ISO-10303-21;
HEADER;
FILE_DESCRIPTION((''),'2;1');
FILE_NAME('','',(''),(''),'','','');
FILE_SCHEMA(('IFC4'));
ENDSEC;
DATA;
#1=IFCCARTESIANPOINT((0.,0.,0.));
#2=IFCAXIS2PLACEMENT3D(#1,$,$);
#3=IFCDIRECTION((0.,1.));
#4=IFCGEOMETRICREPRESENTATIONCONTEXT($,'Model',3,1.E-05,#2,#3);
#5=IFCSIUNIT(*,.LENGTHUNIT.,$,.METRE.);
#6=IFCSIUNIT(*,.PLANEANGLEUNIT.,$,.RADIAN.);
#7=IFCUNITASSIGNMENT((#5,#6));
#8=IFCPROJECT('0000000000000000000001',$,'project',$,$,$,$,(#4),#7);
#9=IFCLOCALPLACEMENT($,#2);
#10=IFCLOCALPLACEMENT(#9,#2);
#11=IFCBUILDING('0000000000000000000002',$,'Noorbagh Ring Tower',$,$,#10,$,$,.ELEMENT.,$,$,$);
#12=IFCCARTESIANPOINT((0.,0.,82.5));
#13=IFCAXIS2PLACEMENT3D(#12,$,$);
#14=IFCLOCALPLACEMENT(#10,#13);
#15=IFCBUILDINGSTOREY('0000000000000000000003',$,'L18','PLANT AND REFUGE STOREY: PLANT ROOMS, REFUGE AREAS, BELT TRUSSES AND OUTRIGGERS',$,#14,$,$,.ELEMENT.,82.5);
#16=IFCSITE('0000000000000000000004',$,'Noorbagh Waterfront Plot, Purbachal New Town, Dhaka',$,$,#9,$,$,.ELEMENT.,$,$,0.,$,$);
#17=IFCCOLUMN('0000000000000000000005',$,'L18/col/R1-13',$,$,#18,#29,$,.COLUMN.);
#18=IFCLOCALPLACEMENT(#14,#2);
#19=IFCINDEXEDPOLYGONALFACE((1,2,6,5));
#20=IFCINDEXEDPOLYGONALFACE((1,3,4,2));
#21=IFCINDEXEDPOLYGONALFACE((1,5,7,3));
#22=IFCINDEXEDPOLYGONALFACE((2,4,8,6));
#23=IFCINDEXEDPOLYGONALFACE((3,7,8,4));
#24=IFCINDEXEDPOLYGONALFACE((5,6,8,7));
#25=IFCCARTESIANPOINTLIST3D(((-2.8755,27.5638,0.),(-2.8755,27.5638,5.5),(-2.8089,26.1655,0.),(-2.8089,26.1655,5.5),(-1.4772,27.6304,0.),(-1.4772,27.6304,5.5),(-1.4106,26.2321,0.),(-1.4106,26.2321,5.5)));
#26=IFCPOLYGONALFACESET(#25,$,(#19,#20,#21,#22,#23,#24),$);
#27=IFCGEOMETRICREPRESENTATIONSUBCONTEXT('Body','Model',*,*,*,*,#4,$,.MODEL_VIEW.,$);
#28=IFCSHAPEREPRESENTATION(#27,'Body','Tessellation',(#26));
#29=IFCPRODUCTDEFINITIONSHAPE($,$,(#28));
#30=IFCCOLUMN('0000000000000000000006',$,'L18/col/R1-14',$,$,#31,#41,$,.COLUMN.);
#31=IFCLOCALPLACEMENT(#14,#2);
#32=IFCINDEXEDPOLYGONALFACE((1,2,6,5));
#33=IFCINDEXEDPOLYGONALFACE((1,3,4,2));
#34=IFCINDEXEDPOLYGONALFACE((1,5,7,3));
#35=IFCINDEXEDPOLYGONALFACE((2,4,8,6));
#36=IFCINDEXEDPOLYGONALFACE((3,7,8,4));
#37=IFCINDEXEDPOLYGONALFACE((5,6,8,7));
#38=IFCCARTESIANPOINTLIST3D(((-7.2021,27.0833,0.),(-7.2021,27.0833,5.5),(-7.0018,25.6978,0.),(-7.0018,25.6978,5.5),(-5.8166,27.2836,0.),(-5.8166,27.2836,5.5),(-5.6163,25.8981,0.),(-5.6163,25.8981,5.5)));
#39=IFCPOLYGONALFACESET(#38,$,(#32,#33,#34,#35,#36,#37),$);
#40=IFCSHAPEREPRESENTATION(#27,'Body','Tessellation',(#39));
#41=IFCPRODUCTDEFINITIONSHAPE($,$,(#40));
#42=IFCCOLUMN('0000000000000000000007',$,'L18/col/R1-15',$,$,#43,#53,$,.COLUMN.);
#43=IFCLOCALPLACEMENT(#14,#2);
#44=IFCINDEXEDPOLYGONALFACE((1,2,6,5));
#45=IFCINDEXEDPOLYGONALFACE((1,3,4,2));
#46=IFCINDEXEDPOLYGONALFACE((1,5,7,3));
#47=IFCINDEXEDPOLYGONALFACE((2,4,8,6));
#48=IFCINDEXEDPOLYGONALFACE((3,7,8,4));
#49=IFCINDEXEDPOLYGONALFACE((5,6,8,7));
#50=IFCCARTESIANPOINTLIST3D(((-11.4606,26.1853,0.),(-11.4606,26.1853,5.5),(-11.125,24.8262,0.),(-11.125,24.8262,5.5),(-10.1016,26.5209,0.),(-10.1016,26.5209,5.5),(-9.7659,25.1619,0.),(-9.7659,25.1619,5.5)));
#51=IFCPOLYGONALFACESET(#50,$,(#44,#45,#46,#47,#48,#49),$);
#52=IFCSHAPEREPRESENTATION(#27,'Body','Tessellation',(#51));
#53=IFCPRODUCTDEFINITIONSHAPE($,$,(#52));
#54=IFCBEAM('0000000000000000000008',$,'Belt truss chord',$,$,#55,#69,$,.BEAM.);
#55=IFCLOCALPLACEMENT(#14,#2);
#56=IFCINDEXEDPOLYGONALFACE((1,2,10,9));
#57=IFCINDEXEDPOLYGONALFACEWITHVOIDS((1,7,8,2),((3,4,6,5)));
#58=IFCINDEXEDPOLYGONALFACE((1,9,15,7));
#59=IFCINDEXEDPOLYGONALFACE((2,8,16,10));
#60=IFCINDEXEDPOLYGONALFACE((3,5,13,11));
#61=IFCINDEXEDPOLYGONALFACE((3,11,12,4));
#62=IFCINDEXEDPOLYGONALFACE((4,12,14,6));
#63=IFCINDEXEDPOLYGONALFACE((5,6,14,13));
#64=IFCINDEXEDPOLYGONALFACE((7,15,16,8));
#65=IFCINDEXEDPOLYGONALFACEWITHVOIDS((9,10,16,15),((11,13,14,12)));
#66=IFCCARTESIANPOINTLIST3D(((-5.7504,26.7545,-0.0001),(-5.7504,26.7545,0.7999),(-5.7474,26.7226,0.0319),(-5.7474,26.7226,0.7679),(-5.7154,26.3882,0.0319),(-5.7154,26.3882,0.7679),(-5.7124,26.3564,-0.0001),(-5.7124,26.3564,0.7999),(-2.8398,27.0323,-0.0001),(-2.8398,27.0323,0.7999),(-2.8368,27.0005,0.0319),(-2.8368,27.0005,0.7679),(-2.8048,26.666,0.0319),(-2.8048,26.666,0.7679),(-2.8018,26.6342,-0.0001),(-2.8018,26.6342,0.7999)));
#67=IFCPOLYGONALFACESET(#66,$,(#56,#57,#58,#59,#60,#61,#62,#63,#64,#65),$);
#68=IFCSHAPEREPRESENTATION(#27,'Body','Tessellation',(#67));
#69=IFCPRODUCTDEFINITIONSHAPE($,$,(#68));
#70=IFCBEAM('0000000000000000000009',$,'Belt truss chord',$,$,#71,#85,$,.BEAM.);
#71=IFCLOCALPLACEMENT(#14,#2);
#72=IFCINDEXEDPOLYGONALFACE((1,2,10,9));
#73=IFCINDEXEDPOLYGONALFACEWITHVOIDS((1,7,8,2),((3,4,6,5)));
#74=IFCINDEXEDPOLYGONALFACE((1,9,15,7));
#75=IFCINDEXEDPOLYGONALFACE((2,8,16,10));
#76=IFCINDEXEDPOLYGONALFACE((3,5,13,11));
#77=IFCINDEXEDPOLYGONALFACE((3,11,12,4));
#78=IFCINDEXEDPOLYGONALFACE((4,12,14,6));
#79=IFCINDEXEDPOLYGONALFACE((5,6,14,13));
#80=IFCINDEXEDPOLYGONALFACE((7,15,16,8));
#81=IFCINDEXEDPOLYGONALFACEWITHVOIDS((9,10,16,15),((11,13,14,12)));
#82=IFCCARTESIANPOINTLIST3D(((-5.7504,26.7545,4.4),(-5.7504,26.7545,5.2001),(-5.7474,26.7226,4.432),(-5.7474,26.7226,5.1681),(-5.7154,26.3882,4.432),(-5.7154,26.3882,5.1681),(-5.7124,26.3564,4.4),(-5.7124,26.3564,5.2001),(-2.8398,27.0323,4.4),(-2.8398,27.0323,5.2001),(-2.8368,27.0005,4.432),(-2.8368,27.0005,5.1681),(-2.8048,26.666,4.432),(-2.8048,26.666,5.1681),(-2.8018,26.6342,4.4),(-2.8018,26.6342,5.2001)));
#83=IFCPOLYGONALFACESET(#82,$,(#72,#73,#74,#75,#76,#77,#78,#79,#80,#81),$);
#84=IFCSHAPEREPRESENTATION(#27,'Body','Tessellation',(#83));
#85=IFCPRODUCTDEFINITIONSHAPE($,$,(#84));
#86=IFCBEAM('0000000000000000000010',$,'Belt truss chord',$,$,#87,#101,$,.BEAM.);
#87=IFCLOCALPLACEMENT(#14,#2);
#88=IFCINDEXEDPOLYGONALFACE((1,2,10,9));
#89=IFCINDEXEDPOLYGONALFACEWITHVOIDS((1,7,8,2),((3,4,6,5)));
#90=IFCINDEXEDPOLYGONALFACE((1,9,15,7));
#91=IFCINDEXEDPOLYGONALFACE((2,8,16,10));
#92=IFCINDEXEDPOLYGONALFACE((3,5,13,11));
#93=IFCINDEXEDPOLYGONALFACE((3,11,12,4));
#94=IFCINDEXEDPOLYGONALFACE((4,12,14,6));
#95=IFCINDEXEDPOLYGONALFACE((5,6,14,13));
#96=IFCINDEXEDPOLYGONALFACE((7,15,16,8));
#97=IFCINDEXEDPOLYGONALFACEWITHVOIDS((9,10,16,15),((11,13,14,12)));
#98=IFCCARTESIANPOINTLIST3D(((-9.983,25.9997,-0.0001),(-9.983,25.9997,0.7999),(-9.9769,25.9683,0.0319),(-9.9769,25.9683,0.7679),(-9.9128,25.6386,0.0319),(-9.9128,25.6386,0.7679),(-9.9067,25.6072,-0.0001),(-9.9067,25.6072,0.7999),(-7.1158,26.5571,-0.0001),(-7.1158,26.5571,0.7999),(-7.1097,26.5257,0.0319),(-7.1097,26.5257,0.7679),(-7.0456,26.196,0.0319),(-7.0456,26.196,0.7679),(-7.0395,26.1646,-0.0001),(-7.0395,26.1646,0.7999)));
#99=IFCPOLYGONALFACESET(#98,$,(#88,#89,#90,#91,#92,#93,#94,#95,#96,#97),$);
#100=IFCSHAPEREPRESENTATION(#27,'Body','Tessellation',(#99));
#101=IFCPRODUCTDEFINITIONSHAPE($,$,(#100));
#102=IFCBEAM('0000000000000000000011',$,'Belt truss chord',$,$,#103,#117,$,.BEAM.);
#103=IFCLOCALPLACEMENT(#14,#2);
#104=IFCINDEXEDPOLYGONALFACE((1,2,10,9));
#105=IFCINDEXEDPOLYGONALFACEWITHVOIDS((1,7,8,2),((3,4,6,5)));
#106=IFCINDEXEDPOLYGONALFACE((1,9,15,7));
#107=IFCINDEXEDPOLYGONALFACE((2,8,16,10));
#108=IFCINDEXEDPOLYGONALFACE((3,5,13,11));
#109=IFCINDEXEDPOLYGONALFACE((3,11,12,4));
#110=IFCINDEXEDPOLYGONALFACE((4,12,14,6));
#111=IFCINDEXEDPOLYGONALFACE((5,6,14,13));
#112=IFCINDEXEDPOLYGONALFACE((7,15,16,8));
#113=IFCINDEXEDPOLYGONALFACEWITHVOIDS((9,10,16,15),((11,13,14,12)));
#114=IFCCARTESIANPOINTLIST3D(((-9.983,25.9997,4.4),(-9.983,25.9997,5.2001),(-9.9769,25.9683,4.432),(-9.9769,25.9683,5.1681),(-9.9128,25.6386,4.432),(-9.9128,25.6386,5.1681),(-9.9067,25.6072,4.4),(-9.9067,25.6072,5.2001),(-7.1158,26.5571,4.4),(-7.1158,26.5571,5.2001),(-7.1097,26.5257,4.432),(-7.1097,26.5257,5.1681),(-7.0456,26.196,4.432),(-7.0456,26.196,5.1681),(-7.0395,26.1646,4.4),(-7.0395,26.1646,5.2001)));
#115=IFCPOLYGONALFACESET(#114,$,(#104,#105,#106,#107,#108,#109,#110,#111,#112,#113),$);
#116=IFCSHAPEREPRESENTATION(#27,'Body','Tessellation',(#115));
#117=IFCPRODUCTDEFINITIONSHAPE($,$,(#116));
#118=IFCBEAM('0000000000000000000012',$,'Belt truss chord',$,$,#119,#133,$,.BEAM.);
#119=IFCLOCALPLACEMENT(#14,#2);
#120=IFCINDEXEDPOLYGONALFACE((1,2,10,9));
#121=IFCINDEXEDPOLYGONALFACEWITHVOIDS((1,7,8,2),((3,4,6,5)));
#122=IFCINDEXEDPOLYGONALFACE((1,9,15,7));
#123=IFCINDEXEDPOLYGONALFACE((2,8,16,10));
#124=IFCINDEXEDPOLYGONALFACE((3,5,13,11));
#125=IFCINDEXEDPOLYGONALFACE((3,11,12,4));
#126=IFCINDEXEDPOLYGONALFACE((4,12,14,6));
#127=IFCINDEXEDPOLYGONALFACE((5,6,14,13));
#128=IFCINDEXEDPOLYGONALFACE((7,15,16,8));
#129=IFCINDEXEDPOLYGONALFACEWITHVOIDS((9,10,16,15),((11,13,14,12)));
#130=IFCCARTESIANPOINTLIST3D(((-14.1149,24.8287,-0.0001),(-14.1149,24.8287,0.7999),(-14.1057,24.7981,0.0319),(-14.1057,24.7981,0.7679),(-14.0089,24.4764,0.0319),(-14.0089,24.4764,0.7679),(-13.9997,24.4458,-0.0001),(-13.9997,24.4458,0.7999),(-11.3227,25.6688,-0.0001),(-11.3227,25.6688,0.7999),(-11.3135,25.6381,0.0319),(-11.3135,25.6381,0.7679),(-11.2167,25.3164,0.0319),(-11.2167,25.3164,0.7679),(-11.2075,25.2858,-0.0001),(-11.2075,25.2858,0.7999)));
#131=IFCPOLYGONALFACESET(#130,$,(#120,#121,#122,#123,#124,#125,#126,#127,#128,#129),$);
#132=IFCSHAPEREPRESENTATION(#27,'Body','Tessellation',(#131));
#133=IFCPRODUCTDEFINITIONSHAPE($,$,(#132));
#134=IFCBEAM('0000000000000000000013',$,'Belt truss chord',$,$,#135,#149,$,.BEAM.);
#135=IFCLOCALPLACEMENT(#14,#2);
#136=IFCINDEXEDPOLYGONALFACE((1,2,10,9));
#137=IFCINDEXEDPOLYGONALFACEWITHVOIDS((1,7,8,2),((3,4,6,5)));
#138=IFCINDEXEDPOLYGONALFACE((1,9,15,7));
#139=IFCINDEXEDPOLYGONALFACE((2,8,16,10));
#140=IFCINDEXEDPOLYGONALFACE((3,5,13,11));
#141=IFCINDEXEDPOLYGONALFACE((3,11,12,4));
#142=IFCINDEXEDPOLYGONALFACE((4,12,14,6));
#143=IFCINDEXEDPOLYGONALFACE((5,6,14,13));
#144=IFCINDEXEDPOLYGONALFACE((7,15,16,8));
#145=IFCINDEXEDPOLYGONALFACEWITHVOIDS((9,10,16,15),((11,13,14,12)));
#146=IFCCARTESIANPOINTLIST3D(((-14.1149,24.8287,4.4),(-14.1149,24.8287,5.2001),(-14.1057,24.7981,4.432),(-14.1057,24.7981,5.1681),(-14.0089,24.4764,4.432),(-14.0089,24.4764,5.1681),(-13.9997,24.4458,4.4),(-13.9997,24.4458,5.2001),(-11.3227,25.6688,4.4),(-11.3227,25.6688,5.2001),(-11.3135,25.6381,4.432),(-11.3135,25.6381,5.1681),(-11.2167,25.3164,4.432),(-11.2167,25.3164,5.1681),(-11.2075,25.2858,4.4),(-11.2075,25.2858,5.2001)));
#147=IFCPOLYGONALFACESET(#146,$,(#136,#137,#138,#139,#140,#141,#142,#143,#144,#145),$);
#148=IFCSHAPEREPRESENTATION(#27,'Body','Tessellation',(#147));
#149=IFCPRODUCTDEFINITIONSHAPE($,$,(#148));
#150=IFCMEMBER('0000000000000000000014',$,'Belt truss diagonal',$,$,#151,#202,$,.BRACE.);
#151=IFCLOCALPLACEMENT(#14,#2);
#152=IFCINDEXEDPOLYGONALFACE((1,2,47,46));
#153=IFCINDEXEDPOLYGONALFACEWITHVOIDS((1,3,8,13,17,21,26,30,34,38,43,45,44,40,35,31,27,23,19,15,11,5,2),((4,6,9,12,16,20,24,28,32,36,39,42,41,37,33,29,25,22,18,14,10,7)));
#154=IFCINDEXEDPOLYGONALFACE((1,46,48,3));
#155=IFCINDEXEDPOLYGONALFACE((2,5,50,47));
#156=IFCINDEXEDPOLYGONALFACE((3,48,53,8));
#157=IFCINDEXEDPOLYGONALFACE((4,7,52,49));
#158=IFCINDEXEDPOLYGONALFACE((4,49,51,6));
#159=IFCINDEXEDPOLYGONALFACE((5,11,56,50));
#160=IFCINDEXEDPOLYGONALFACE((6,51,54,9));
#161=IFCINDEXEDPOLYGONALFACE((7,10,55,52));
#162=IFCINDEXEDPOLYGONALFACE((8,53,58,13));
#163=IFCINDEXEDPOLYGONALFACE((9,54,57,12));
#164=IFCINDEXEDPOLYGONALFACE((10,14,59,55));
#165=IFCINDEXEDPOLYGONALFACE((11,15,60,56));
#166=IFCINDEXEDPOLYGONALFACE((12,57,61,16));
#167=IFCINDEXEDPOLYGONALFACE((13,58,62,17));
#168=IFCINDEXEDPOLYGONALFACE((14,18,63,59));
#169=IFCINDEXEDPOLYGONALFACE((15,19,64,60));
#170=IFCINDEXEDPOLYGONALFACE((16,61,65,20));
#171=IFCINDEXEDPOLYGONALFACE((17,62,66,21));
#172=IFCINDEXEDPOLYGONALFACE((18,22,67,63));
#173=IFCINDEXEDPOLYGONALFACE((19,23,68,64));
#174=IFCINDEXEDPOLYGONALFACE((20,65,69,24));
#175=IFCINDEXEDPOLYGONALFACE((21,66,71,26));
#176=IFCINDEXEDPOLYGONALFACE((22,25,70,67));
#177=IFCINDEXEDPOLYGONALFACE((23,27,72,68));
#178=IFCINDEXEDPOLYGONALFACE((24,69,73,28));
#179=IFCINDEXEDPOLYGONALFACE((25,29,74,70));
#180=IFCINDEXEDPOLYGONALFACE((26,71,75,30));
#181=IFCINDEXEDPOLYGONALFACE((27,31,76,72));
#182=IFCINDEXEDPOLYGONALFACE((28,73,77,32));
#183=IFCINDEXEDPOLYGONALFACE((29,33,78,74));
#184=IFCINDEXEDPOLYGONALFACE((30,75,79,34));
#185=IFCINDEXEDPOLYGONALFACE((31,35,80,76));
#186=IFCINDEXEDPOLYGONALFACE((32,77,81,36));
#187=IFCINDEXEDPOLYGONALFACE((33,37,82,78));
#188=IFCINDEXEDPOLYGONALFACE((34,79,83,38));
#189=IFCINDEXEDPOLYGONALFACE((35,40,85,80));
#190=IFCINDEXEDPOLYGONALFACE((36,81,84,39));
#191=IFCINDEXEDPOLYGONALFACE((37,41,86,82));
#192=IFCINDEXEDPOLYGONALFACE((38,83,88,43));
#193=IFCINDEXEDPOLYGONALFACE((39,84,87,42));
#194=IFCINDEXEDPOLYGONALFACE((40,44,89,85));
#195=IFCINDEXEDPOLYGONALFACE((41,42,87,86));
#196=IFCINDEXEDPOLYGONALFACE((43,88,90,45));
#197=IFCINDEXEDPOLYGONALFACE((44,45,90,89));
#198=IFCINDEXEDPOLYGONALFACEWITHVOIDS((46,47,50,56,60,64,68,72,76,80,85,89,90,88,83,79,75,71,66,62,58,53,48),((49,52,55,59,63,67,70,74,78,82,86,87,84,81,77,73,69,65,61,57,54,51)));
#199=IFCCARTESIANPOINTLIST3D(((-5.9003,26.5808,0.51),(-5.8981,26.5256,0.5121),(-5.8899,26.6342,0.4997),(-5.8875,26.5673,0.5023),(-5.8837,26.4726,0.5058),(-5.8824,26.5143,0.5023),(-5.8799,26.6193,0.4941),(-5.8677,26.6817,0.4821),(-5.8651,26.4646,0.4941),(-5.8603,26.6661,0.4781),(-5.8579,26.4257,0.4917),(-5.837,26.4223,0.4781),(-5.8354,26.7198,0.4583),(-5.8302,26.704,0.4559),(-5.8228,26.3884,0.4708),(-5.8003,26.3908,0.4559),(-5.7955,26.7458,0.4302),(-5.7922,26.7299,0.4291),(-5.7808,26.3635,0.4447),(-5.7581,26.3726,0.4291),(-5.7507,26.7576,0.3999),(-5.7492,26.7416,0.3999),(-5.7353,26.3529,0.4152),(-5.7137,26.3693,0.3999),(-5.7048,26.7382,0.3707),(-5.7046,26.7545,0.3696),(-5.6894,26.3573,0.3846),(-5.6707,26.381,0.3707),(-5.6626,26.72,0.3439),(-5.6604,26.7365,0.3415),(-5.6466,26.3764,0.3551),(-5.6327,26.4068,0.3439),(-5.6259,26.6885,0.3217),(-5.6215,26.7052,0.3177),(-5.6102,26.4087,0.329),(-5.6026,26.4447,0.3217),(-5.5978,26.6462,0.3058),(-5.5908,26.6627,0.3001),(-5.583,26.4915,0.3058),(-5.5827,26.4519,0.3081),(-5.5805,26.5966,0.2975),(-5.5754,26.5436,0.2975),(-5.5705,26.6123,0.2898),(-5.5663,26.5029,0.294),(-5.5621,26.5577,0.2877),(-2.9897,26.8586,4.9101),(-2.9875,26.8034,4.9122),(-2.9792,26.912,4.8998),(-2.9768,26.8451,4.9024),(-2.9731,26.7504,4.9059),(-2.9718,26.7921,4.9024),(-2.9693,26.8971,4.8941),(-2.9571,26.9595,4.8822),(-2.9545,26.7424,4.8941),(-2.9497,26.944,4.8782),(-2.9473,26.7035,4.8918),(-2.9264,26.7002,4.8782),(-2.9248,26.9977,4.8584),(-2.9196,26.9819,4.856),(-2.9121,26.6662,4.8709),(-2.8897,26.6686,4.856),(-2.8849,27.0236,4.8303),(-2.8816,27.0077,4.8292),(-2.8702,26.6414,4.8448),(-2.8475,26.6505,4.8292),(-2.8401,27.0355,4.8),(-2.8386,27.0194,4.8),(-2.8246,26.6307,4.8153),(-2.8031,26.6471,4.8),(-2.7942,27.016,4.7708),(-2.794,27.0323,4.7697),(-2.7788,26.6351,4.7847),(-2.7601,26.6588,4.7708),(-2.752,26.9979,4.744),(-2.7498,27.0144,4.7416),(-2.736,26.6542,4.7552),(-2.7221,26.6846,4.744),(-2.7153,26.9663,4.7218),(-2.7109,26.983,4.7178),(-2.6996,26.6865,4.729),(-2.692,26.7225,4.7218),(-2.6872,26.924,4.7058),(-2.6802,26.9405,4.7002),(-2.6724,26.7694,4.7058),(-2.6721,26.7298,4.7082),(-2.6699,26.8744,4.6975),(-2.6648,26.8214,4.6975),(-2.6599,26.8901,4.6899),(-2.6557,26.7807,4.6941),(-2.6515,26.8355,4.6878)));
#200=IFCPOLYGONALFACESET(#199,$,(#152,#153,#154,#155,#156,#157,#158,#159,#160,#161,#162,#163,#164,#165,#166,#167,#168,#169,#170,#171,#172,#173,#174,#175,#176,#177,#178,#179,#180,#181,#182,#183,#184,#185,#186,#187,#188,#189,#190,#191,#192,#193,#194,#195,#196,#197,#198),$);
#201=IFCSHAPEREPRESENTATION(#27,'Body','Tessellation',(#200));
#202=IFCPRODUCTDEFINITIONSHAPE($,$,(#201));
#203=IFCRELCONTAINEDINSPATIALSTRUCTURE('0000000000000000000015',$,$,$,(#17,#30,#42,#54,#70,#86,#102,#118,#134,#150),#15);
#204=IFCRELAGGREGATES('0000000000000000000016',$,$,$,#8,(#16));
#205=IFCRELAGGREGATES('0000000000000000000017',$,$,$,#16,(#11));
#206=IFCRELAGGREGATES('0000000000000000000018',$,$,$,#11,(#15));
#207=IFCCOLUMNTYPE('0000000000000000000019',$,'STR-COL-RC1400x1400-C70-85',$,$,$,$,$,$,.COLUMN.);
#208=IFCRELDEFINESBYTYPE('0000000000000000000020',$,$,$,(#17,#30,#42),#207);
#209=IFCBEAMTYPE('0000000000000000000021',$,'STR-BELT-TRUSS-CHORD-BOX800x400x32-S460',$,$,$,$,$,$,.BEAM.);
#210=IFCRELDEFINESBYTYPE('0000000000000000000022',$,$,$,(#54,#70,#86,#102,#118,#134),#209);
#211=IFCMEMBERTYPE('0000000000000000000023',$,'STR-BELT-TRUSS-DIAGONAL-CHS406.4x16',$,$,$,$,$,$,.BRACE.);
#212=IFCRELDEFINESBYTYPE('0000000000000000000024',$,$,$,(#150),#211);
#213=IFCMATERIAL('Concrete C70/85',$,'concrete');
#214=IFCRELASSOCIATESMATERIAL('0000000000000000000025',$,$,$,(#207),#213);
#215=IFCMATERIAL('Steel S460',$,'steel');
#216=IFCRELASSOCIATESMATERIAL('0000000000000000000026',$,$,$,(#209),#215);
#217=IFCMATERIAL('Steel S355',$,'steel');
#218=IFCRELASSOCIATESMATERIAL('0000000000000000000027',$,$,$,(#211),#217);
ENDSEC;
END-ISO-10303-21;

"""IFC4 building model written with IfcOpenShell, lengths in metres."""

from ifc_helpers import new_model, si_unit, direction, frame, origin, origin_2d, place, context, subcontext, project, spatial, rectangle, hollow_rectangle, hollow_circle, extrude, material, material_profile, profile_set, type_object, element, save


model = new_model("IFC4")

# Units and contexts
model_context = context("Model", 3, precision=1e-05, world=origin(), true_north=direction((0.0, 1.0)))
body_context = subcontext(model_context, "Body", "Model", "MODEL_VIEW")
ifc_project = project(units=[si_unit("LENGTHUNIT", "METRE"), si_unit("PLANEANGLEUNIT", "RADIAN")], contexts=[model_context])

# Site, building, storey
site_placement = place(None, origin())
site = spatial("IfcSite", under=ifc_project, at=site_placement, Name="Noorbagh Waterfront Plot, Purbachal New Town, Dhaka", CompositionType="ELEMENT", RefElevation=0.0)
building_placement = place(site_placement, origin())
building = spatial("IfcBuilding", under=site, at=building_placement, Name="Noorbagh Ring Tower", CompositionType="ELEMENT")
storey_placement = place(building_placement, frame((0.0, 0.0, 82.5)))
storey = spatial("IfcBuildingStorey", under=building, at=storey_placement, Name="L18", Description="PLANT AND REFUGE STOREY: PLANT ROOMS, REFUGE AREAS, BELT TRUSSES AND OUTRIGGERS", CompositionType="ELEMENT", Elevation=82.5)

# Columns
ifc_material_1 = material(Name="Concrete C70/85", Category="concrete")
ifc_material_profile_1 = material_profile(ifc_material_1, rectangle(XDim=1.3999, YDim=1.3999, at=origin_2d()), Name="RC1400x1400")
ifc_profile_set_1 = profile_set([ifc_material_profile_1], Name="Concrete C70/85")
column_type = type_object("IfcColumnType", Name="STR-COL-RC1400x1400-C70-85", PredefinedType="COLUMN", material=ifc_profile_set_1)
for number, where, z_axis, x_axis, name in (
    (1, (-2.1431, 26.8979, 0.0), (0.0, 0.0, 1.0), (-0.998869, -0.047553, 0.0), "L18/col/R1-13"),
    (2, (-6.4092, 26.4907, 0.0), (0.0, 0.0, 1.0), (-0.989713, -0.143066, 0.0), "L18/col/R1-14"),
    (3, (-10.6133, 25.6736, 0.0), (0.0, 0.0, 1.0), (-0.970829, -0.239771, 0.0), "L18/col/R1-15"),
):
    element("IfcColumn", number, at=place(storey_placement, frame(where, z_axis=z_axis, x_axis=x_axis)), inside=storey, type_object=column_type, Name=name, PredefinedType="COLUMN", context=body_context, shape_type="SweptSolid", body=[
        extrude(rectangle(XDim=1.3999, YDim=1.3999, at=origin_2d()), origin(), (0.0, 0.0, 1.0), 5.5),
    ])

# Beams
ifc_material_2 = material(Name="Steel S460", Category="steel")
ifc_material_profile_2 = material_profile(ifc_material_2, hollow_rectangle(XDim=0.3999, YDim=0.8, WallThickness=0.032, at=origin_2d()), Name="BOX800x400x32")
ifc_profile_set_2 = profile_set([ifc_material_profile_2], Name="Steel S460")
beam_type_1 = type_object("IfcBeamType", Name="STR-BELT-TRUSS-CHORD-BOX800x400x32-S460", PredefinedType="BEAM", material=ifc_profile_set_2)
for number, where, z_axis, x_axis, name in (
    (4, (-2.8208, 26.8333, 0.3999), (-0.995475, -0.095022, 0.0), (0.095022, -0.995475, 0.0), "Belt truss chord"),
    (5, (-2.8208, 26.8333, 4.8), (-0.995475, -0.095022, 0.0), (0.095022, -0.995475, 0.0), "Belt truss chord"),
):
    element("IfcBeam", number, at=place(storey_placement, frame(where, z_axis=z_axis, x_axis=x_axis)), inside=storey, type_object=beam_type_1, Name=name, PredefinedType="BEAM", context=body_context, shape_type="SweptSolid", body=[
        extrude(hollow_rectangle(XDim=0.3999, YDim=0.8, WallThickness=0.032, at=origin_2d()), origin(), (0.0, 0.0, 1.0), 2.9238),
    ])
for number, where, z_axis, x_axis, name in (
    (6, (-7.0776, 26.3608, 0.3999), (-0.981624, -0.190825, 0.0), (0.190825, -0.981624, 0.0), "Belt truss chord"),
    (7, (-7.0776, 26.3608, 4.8), (-0.981624, -0.190825, 0.0), (0.190825, -0.981624, 0.0), "Belt truss chord"),
):
    element("IfcBeam", number, at=place(storey_placement, frame(where, z_axis=z_axis, x_axis=x_axis)), inside=storey, type_object=beam_type_1, Name=name, PredefinedType="BEAM", context=body_context, shape_type="SweptSolid", body=[
        extrude(hollow_rectangle(XDim=0.3999, YDim=0.8, WallThickness=0.032, at=origin_2d()), origin(), (0.0, 0.0, 1.0), 2.9209),
    ])
for number, where, z_axis, x_axis, name in (
    (8, (-11.2651, 25.4773, 0.3999), (-0.957598, -0.288108, 0.0), (0.288108, -0.957598, 0.0), "Belt truss chord"),
    (9, (-11.2651, 25.4773, 4.8), (-0.957598, -0.288108, 0.0), (0.288108, -0.957598, 0.0), "Belt truss chord"),
):
    element("IfcBeam", number, at=place(storey_placement, frame(where, z_axis=z_axis, x_axis=x_axis)), inside=storey, type_object=beam_type_1, Name=name, PredefinedType="BEAM", context=body_context, shape_type="SweptSolid", body=[
        extrude(hollow_rectangle(XDim=0.3999, YDim=0.8, WallThickness=0.032, at=origin_2d()), origin(), (0.0, 0.0, 1.0), 2.9158),
    ])

# Member
ifc_material_3 = material(Name="Steel S355", Category="steel")
ifc_material_profile_3 = material_profile(ifc_material_3, hollow_circle(Radius=0.2031, WallThickness=0.0161, at=origin_2d()), Name="CHS406.4x16")
ifc_profile_set_3 = profile_set([ifc_material_profile_3], Name="Steel S355")
member_type = type_object("IfcMemberType", Name="STR-BELT-TRUSS-DIAGONAL-CHS406.4x16", PredefinedType="BRACE", material=ifc_profile_set_3)
member_1_placement = place(storey_placement, frame((-5.7314, 26.5554, 0.3999), z_axis=(0.550943, 0.05259, 0.832884), x_axis=(-0.095022, 0.995475, 0.0)))
element("IfcMember", 10, at=member_1_placement, inside=storey, type_object=member_type, Name="Belt truss diagonal", PredefinedType="BRACE", context=body_context, shape_type="SweptSolid", body=[
    extrude(hollow_circle(Radius=0.2031, WallThickness=0.0161, at=origin_2d()), origin(), (0.0, 0.0, 1.0), 5.283),
])

save(model, "model.ifc")
